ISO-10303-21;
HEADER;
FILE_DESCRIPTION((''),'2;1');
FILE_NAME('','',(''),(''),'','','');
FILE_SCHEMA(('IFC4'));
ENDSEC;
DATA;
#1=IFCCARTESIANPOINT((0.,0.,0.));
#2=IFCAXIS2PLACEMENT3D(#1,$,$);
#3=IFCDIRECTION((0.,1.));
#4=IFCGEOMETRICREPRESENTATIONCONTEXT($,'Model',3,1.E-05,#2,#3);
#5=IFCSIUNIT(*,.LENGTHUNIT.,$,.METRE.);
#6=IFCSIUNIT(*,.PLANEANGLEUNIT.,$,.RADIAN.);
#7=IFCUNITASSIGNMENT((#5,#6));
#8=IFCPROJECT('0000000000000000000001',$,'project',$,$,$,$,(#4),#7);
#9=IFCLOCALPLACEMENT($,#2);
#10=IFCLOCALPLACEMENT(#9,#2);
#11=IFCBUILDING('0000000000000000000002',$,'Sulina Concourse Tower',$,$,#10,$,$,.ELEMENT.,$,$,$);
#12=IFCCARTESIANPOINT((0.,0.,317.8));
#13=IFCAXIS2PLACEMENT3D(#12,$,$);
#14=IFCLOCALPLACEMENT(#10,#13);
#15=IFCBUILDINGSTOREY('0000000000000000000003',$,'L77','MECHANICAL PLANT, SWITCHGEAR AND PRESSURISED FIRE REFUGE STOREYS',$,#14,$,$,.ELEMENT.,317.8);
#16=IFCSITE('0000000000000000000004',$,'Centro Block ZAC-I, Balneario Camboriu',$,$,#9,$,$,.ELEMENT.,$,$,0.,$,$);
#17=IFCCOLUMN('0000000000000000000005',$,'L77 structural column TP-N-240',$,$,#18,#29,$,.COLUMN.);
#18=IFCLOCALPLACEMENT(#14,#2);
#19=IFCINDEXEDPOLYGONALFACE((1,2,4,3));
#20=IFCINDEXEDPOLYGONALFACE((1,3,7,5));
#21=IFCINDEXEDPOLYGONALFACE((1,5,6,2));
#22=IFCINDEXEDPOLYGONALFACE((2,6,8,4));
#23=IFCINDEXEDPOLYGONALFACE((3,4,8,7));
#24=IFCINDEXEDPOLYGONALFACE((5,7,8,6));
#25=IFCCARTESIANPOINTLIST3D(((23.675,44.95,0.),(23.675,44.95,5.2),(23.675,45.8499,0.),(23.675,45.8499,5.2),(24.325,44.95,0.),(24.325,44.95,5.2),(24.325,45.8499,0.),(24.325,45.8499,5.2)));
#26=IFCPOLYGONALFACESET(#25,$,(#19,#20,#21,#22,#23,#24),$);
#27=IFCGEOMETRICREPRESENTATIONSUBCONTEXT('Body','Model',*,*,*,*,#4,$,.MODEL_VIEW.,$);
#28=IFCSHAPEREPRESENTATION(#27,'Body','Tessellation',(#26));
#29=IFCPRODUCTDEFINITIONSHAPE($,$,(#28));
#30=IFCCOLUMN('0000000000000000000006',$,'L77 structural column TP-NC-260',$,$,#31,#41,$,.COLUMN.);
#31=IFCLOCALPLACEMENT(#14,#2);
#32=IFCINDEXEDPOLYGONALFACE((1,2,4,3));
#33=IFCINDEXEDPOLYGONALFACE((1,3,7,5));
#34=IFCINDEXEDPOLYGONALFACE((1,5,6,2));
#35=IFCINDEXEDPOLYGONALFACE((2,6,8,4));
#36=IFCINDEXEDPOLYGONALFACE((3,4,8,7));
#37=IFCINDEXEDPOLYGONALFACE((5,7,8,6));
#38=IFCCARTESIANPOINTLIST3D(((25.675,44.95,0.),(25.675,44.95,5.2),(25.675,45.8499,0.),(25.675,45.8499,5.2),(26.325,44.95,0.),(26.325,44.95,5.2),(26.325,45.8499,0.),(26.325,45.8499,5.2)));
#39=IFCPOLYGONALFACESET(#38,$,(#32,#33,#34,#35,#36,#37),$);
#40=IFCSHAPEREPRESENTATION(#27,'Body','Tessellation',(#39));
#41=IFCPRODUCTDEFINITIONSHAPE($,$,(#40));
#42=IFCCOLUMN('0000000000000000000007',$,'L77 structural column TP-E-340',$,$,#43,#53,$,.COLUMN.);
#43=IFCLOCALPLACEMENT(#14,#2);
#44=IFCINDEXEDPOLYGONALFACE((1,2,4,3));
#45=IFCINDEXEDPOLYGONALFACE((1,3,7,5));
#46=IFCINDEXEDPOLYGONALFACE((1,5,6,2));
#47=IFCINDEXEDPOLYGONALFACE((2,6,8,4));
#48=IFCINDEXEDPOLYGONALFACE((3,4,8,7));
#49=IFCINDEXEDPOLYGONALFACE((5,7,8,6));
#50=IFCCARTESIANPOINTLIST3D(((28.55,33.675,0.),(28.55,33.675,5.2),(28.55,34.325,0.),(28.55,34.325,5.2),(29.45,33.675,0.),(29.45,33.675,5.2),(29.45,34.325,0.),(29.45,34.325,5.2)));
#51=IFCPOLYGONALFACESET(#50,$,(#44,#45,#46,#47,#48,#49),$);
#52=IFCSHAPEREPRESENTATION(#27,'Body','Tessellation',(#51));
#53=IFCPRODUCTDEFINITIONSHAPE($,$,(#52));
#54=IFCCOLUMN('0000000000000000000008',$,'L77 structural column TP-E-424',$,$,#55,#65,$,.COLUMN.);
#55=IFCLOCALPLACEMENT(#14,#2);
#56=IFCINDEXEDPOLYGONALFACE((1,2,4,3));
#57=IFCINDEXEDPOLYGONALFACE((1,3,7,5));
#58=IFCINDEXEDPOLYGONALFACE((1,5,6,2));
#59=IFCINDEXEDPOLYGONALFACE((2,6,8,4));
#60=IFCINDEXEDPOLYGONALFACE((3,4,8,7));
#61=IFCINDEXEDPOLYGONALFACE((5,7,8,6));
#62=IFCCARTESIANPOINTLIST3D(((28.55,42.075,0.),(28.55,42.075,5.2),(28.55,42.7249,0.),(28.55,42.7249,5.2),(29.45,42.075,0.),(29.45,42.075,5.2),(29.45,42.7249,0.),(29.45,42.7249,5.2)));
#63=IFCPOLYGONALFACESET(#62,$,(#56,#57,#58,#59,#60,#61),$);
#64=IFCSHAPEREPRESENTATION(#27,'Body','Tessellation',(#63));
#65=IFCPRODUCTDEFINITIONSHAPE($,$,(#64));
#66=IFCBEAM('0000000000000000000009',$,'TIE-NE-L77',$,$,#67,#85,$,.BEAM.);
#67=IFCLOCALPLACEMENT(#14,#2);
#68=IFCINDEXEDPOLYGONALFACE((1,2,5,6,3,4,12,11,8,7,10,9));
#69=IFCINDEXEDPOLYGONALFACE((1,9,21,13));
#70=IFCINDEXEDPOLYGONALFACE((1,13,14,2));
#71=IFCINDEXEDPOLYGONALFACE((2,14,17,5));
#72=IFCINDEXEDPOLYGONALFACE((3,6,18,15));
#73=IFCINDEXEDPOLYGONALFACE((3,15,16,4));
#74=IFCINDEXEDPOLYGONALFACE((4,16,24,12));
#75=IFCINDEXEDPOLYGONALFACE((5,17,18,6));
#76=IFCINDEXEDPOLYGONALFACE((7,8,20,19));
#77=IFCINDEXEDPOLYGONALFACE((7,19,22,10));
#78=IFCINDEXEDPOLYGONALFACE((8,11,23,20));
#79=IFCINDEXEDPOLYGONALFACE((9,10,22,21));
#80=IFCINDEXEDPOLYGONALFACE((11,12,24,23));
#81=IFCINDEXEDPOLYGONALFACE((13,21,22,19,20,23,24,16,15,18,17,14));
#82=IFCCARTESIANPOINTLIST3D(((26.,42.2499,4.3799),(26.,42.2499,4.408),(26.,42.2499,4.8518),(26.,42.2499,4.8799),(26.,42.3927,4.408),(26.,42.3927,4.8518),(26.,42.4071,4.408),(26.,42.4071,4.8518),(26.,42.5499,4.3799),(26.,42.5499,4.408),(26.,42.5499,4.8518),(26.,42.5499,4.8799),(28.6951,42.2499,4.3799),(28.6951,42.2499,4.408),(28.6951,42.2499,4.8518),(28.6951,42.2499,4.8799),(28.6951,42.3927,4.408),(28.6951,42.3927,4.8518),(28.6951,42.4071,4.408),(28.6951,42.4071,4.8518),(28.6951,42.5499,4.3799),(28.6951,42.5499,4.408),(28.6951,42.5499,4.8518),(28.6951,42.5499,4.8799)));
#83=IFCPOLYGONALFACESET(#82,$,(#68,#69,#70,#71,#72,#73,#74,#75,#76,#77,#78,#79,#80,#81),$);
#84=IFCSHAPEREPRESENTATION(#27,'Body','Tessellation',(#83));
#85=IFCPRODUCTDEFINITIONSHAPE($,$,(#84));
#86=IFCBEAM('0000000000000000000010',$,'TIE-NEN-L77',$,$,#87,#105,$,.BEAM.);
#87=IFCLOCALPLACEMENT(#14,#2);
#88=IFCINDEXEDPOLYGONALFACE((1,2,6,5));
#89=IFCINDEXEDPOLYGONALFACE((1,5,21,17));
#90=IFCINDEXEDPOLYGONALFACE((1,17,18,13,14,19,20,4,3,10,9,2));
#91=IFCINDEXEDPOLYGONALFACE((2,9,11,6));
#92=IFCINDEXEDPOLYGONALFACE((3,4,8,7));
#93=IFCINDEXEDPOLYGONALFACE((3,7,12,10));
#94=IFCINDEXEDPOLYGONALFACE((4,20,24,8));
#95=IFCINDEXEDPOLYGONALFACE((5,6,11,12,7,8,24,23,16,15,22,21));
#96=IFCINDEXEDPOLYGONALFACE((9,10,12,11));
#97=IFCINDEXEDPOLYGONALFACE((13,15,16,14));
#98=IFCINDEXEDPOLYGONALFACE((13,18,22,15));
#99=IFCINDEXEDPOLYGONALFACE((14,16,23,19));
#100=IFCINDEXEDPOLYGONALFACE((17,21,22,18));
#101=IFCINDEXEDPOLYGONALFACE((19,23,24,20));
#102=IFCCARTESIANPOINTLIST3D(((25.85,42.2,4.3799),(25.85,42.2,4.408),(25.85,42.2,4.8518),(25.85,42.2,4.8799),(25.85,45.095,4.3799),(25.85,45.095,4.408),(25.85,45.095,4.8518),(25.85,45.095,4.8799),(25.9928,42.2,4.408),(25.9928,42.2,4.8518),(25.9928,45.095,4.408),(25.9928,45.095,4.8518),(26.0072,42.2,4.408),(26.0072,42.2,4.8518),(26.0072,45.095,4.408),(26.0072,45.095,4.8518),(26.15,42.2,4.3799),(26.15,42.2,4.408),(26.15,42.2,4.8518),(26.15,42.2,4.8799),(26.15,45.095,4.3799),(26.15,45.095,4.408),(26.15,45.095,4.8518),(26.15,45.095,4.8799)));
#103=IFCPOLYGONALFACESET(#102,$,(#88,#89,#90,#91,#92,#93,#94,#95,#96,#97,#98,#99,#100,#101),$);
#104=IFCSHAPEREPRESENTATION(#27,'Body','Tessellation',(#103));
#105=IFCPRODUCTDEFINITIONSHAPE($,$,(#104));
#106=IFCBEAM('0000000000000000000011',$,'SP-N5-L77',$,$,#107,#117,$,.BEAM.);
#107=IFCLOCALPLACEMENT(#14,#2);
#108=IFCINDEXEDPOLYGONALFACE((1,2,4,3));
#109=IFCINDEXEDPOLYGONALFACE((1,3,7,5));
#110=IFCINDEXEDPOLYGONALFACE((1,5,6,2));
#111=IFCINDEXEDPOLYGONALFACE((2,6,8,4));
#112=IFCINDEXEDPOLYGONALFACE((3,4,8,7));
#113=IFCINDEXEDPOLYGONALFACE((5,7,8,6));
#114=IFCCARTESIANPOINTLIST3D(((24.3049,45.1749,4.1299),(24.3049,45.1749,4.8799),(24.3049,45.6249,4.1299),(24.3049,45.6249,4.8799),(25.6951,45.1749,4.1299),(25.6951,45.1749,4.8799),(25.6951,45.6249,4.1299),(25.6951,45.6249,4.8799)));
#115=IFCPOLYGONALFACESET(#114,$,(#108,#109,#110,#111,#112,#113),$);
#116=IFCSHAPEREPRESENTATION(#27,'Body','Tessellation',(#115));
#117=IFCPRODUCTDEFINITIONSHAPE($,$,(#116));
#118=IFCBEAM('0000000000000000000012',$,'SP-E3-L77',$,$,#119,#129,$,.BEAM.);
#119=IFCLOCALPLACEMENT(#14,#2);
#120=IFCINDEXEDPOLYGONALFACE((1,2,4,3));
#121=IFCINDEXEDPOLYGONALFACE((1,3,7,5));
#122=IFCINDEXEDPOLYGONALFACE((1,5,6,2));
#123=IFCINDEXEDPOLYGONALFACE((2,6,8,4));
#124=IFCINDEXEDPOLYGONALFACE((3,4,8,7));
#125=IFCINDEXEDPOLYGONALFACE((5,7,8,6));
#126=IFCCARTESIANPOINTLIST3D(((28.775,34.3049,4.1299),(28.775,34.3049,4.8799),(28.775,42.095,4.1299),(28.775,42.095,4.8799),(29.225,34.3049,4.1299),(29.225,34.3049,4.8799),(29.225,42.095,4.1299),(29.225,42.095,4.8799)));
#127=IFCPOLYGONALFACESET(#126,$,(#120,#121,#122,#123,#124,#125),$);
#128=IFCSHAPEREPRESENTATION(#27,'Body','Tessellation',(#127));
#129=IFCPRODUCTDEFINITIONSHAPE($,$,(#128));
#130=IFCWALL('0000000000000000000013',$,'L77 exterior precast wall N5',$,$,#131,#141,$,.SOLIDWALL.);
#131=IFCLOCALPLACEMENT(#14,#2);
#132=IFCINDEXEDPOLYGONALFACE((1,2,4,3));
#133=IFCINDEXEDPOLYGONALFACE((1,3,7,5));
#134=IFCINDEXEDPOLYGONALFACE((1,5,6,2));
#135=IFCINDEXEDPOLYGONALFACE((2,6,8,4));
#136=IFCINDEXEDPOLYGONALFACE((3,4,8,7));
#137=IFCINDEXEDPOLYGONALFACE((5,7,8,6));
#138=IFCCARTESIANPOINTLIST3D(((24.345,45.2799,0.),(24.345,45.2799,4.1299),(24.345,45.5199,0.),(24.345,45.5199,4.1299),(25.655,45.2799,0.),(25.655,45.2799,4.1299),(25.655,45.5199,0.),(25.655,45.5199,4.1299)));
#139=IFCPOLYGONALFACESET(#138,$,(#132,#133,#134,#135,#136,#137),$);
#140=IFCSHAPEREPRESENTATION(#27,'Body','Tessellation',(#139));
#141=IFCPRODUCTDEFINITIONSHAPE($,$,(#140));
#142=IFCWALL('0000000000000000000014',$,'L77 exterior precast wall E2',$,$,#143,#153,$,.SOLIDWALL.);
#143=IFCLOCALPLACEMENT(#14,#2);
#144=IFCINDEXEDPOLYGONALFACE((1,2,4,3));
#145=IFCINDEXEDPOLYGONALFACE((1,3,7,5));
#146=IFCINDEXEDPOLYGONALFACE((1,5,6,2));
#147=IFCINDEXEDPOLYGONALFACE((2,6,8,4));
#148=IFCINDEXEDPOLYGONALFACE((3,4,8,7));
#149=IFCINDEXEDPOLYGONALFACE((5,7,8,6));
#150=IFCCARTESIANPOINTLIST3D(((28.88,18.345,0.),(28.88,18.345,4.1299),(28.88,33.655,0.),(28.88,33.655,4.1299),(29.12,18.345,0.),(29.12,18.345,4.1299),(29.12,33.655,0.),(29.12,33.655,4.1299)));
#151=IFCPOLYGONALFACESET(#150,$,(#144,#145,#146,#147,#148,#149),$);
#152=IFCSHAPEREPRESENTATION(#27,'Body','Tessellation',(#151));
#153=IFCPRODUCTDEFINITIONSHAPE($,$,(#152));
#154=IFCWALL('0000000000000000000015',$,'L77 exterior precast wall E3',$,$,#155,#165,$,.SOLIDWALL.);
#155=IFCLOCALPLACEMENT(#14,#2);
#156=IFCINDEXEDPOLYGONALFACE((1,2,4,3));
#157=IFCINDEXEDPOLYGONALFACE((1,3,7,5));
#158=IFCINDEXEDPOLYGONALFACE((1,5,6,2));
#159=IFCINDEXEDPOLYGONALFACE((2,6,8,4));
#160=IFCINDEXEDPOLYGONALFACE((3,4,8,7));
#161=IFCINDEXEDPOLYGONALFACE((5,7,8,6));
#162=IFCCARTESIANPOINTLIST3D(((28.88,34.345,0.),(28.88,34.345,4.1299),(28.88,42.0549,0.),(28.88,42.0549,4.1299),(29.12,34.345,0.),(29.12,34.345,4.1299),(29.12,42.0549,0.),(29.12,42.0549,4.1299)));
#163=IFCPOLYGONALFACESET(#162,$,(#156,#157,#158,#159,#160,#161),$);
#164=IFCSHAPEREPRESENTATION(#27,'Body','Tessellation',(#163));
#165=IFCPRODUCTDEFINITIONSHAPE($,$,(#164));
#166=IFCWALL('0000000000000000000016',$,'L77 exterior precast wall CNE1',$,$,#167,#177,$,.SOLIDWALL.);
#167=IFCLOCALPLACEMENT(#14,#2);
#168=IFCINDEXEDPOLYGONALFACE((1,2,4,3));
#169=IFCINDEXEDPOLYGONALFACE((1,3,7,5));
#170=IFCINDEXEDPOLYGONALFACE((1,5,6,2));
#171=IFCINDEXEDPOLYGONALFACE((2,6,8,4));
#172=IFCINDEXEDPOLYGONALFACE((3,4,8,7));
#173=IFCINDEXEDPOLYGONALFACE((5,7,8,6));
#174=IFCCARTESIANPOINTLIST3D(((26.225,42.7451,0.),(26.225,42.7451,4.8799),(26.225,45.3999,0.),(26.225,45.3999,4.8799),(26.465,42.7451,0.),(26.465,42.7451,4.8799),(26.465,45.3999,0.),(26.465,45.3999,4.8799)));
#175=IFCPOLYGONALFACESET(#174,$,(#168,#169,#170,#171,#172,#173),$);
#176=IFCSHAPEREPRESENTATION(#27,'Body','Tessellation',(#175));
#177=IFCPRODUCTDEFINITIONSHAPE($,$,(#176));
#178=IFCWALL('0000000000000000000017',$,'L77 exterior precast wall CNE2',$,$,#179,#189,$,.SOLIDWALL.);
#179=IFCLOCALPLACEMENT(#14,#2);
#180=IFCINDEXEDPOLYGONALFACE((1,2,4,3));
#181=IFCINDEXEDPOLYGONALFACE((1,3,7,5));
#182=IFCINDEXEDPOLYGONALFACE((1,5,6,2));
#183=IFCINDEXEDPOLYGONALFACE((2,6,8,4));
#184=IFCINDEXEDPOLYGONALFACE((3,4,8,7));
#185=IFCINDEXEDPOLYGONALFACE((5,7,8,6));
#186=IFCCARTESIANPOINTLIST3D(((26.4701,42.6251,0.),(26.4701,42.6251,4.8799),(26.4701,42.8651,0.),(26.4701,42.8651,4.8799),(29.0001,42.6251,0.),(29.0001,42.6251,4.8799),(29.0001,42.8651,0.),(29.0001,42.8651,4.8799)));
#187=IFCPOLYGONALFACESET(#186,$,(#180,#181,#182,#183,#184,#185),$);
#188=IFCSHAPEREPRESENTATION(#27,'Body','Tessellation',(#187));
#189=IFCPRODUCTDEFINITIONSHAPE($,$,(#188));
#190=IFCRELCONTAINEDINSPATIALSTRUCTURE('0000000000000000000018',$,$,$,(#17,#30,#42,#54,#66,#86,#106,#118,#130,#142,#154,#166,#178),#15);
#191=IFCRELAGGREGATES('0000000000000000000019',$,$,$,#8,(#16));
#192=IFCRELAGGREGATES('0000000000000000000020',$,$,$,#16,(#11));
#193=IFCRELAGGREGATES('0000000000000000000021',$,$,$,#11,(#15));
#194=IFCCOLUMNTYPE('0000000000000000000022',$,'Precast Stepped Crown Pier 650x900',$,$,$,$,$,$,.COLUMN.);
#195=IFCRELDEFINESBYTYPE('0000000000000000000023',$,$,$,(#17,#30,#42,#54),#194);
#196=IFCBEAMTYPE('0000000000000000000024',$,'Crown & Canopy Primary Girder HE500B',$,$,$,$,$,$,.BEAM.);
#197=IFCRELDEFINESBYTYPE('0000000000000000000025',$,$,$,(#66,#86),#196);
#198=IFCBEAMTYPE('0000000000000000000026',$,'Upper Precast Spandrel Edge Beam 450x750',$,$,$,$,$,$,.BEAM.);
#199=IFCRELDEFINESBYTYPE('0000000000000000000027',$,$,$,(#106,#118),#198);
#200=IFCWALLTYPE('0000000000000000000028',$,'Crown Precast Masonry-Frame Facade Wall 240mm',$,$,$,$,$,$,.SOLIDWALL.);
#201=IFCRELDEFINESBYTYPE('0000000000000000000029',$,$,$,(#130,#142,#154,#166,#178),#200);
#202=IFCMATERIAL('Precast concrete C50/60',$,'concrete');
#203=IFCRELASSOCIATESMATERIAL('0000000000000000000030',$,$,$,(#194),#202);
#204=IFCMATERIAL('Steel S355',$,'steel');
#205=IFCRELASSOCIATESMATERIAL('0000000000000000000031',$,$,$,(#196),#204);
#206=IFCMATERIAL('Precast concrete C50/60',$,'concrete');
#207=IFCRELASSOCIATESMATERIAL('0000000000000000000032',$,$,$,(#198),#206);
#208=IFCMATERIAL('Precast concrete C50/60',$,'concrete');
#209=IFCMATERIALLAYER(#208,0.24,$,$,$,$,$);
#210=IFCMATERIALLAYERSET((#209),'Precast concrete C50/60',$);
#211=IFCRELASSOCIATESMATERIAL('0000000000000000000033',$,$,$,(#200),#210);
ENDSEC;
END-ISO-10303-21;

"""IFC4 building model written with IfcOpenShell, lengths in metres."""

from ifc_helpers import new_model, si_unit, direction, frame, frame_2d, origin, origin_2d, place, context, subcontext, project, spatial, rectangle, i_section, extrude, material, layer, layer_set, material_profile, profile_set, type_object, element, save


model = new_model("IFC4")

# Units and contexts
model_context = context("Model", 3, precision=1e-05, world=origin(), true_north=direction((0.0, 1.0)))
body_context = subcontext(model_context, "Body", "Model", "MODEL_VIEW")
ifc_project = project(units=[si_unit("LENGTHUNIT", "METRE"), si_unit("PLANEANGLEUNIT", "RADIAN")], contexts=[model_context])

# Site, building, storey
site_placement = place(None, origin())
site = spatial("IfcSite", under=ifc_project, at=site_placement, Name="Centro Block ZAC-I, Balneario Camboriu", CompositionType="ELEMENT", RefElevation=0.0)
building_placement = place(site_placement, origin())
building = spatial("IfcBuilding", under=site, at=building_placement, Name="Sulina Concourse Tower", CompositionType="ELEMENT")
storey_placement = place(building_placement, frame((0.0, 0.0, 317.8)))
storey = spatial("IfcBuildingStorey", under=building, at=storey_placement, Name="L77", Description="MECHANICAL PLANT, SWITCHGEAR AND PRESSURISED FIRE REFUGE STOREYS", CompositionType="ELEMENT", Elevation=317.8)

# Columns
ifc_material_1 = material(Name="Precast concrete C50/60", Category="concrete")
ifc_material_profile_1 = material_profile(ifc_material_1, rectangle(XDim=0.6499, YDim=0.8999, at=origin_2d()), Name="PC 650x900")
ifc_profile_set_1 = profile_set([ifc_material_profile_1], Name="Precast concrete C50/60")
column_type = type_object("IfcColumnType", Name="Precast Stepped Crown Pier 650x900", PredefinedType="COLUMN", material=ifc_profile_set_1)
for number, where, z_axis, x_axis, name in (
    (1, (24.0, 45.3999, 0.0), (0.0, 0.0, 1.0), (1.0, 0.0, 0.0), "L77 structural column TP-N-240"),
    (2, (26.0, 45.3999, 0.0), (0.0, 0.0, 1.0), (1.0, 0.0, 0.0), "L77 structural column TP-NC-260"),
    (3, (29.0, 34.0, 0.0), (0.0, 0.0, 1.0), (0.0, 1.0, 0.0), "L77 structural column TP-E-340"),
    (4, (29.0, 42.3999, 0.0), (0.0, 0.0, 1.0), (0.0, 1.0, 0.0), "L77 structural column TP-E-424"),
):
    element("IfcColumn", number, at=place(storey_placement, frame(where, z_axis=z_axis, x_axis=x_axis)), inside=storey, type_object=column_type, Name=name, PredefinedType="COLUMN", context=body_context, shape_type="SweptSolid", body=[
        extrude(rectangle(XDim=0.6499, YDim=0.8999, at=origin_2d()), origin(), (0.0, 0.0, 1.0), 5.2),
    ])

# Beams
ifc_material_2 = material(Name="Steel S355", Category="steel")
ifc_material_profile_2 = material_profile(ifc_material_2, i_section(OverallWidth=0.3, OverallDepth=0.5, WebThickness=0.0144, FlangeThickness=0.0281, at=origin_2d()), Name="HE 500 B")
ifc_profile_set_2 = profile_set([ifc_material_profile_2], Name="Steel S355")
beam_type_1 = type_object("IfcBeamType", Name="Crown & Canopy Primary Girder HE500B", PredefinedType="BEAM", material=ifc_profile_set_2)
beam_1_placement = place(storey_placement, frame((26.0, 42.3999, 4.6299), z_axis=(1.0, 0.0, 0.0), x_axis=(0.0, 1.0, 0.0)))
element("IfcBeam", 5, at=beam_1_placement, inside=storey, type_object=beam_type_1, Name="TIE-NE-L77", PredefinedType="BEAM", context=body_context, shape_type="SweptSolid", body=[
    extrude(i_section(OverallWidth=0.3, OverallDepth=0.5, WebThickness=0.0144, FlangeThickness=0.0281, at=origin_2d()), origin(), (0.0, 0.0, 1.0), 2.6951),
])
beam_2_placement = place(storey_placement, frame((26.0, 42.2, 4.6299), z_axis=(0.0, 1.0, 0.0), x_axis=(-1.0, 0.0, 0.0)))
element("IfcBeam", 6, at=beam_2_placement, inside=storey, type_object=beam_type_1, Name="TIE-NEN-L77", PredefinedType="BEAM", context=body_context, shape_type="SweptSolid", body=[
    extrude(i_section(OverallWidth=0.3, OverallDepth=0.5, WebThickness=0.0144, FlangeThickness=0.0281, at=origin_2d()), origin(), (0.0, 0.0, 1.0), 2.895),
])
ifc_material_3 = material(Name="Precast concrete C50/60", Category="concrete")
ifc_material_profile_3 = material_profile(ifc_material_3, rectangle(XDim=0.45, YDim=0.75, at=origin_2d()), Name="RC 450x750")
ifc_profile_set_3 = profile_set([ifc_material_profile_3], Name="Precast concrete C50/60")
beam_type_2 = type_object("IfcBeamType", Name="Upper Precast Spandrel Edge Beam 450x750", PredefinedType="BEAM", material=ifc_profile_set_3)
beam_3_placement = place(storey_placement, frame((24.3049, 45.3999, 4.5049), z_axis=(1.0, 0.0, 0.0), x_axis=(0.0, 1.0, 0.0)))
element("IfcBeam", 7, at=beam_3_placement, inside=storey, type_object=beam_type_2, Name="SP-N5-L77", PredefinedType="BEAM", context=body_context, shape_type="SweptSolid", body=[
    extrude(rectangle(XDim=0.45, YDim=0.75, at=origin_2d()), origin(), (0.0, 0.0, 1.0), 1.3901),
])
beam_4_placement = place(storey_placement, frame((29.0, 34.3049, 4.5049), z_axis=(0.0, 1.0, 0.0), x_axis=(-1.0, 0.0, 0.0)))
element("IfcBeam", 8, at=beam_4_placement, inside=storey, type_object=beam_type_2, Name="SP-E3-L77", PredefinedType="BEAM", context=body_context, shape_type="SweptSolid", body=[
    extrude(rectangle(XDim=0.45, YDim=0.75, at=origin_2d()), origin(), (0.0, 0.0, 1.0), 7.79),
])

# Walls
ifc_material_4 = material(Name="Precast concrete C50/60", Category="concrete")
ifc_layer_1 = layer(ifc_material_4, 0.24)
ifc_layer_set_1 = layer_set([ifc_layer_1], Name="Precast concrete C50/60")
wall_type_1 = type_object("IfcWallType", Name="Crown Precast Masonry-Frame Facade Wall 240mm", PredefinedType="SOLIDWALL", material=ifc_layer_set_1)
wall_1_placement = place(storey_placement, frame((24.345, 45.3999, 0.0), z_axis=(0.0, 0.0, 1.0), x_axis=(1.0, 0.0, 0.0)))
element("IfcWall", 9, at=wall_1_placement, inside=storey, type_object=wall_type_1, Name="L77 exterior precast wall N5", PredefinedType="SOLIDWALL", context=body_context, shape_type="SweptSolid", body=[
    extrude(rectangle(XDim=1.3101, YDim=0.24, at=frame_2d((0.655, 0.0))), origin(), (0.0, 0.0, 1.0), 4.1299),
])
wall_2_placement = place(storey_placement, frame((29.0, 33.655, 0.0), z_axis=(0.0, 0.0, 1.0), x_axis=(0.0, -1.0, 0.0)))
element("IfcWall", 10, at=wall_2_placement, inside=storey, type_object=wall_type_1, Name="L77 exterior precast wall E2", PredefinedType="SOLIDWALL", context=body_context, shape_type="SweptSolid", body=[
    extrude(rectangle(XDim=15.3101, YDim=0.24, at=frame_2d((7.655, 0.0))), origin(), (0.0, 0.0, 1.0), 4.1299),
])
wall_3_placement = place(storey_placement, frame((29.0, 42.0549, 0.0), z_axis=(0.0, 0.0, 1.0), x_axis=(0.0, -1.0, 0.0)))
element("IfcWall", 11, at=wall_3_placement, inside=storey, type_object=wall_type_1, Name="L77 exterior precast wall E3", PredefinedType="SOLIDWALL", context=body_context, shape_type="SweptSolid", body=[
    extrude(rectangle(XDim=7.71, YDim=0.24, at=frame_2d((3.855, 0.0))), origin(), (0.0, 0.0, 1.0), 4.1299),
])
wall_4_placement = place(storey_placement, frame((26.345, 45.3999, 0.0), z_axis=(0.0, 0.0, 1.0), x_axis=(0.0, -1.0, 0.0)))
element("IfcWall", 12, at=wall_4_placement, inside=storey, type_object=wall_type_1, Name="L77 exterior precast wall CNE1", PredefinedType="SOLIDWALL", context=body_context, shape_type="SweptSolid", body=[
    extrude(rectangle(XDim=2.6548, YDim=0.24, at=frame_2d((1.3274, 0.0))), origin(), (0.0, 0.0, 1.0), 4.8799),
])
wall_5_placement = place(storey_placement, frame((26.47, 42.7451, 0.0), z_axis=(0.0, 0.0, 1.0), x_axis=(1.0, 0.0, 0.0)))
element("IfcWall", 13, at=wall_5_placement, inside=storey, type_object=wall_type_1, Name="L77 exterior precast wall CNE2", PredefinedType="SOLIDWALL", context=body_context, shape_type="SweptSolid", body=[
    extrude(rectangle(XDim=2.53, YDim=0.24, at=frame_2d((1.2651, 0.0))), origin(), (0.0, 0.0, 1.0), 4.8799),
])

save(model, "model.ifc")
